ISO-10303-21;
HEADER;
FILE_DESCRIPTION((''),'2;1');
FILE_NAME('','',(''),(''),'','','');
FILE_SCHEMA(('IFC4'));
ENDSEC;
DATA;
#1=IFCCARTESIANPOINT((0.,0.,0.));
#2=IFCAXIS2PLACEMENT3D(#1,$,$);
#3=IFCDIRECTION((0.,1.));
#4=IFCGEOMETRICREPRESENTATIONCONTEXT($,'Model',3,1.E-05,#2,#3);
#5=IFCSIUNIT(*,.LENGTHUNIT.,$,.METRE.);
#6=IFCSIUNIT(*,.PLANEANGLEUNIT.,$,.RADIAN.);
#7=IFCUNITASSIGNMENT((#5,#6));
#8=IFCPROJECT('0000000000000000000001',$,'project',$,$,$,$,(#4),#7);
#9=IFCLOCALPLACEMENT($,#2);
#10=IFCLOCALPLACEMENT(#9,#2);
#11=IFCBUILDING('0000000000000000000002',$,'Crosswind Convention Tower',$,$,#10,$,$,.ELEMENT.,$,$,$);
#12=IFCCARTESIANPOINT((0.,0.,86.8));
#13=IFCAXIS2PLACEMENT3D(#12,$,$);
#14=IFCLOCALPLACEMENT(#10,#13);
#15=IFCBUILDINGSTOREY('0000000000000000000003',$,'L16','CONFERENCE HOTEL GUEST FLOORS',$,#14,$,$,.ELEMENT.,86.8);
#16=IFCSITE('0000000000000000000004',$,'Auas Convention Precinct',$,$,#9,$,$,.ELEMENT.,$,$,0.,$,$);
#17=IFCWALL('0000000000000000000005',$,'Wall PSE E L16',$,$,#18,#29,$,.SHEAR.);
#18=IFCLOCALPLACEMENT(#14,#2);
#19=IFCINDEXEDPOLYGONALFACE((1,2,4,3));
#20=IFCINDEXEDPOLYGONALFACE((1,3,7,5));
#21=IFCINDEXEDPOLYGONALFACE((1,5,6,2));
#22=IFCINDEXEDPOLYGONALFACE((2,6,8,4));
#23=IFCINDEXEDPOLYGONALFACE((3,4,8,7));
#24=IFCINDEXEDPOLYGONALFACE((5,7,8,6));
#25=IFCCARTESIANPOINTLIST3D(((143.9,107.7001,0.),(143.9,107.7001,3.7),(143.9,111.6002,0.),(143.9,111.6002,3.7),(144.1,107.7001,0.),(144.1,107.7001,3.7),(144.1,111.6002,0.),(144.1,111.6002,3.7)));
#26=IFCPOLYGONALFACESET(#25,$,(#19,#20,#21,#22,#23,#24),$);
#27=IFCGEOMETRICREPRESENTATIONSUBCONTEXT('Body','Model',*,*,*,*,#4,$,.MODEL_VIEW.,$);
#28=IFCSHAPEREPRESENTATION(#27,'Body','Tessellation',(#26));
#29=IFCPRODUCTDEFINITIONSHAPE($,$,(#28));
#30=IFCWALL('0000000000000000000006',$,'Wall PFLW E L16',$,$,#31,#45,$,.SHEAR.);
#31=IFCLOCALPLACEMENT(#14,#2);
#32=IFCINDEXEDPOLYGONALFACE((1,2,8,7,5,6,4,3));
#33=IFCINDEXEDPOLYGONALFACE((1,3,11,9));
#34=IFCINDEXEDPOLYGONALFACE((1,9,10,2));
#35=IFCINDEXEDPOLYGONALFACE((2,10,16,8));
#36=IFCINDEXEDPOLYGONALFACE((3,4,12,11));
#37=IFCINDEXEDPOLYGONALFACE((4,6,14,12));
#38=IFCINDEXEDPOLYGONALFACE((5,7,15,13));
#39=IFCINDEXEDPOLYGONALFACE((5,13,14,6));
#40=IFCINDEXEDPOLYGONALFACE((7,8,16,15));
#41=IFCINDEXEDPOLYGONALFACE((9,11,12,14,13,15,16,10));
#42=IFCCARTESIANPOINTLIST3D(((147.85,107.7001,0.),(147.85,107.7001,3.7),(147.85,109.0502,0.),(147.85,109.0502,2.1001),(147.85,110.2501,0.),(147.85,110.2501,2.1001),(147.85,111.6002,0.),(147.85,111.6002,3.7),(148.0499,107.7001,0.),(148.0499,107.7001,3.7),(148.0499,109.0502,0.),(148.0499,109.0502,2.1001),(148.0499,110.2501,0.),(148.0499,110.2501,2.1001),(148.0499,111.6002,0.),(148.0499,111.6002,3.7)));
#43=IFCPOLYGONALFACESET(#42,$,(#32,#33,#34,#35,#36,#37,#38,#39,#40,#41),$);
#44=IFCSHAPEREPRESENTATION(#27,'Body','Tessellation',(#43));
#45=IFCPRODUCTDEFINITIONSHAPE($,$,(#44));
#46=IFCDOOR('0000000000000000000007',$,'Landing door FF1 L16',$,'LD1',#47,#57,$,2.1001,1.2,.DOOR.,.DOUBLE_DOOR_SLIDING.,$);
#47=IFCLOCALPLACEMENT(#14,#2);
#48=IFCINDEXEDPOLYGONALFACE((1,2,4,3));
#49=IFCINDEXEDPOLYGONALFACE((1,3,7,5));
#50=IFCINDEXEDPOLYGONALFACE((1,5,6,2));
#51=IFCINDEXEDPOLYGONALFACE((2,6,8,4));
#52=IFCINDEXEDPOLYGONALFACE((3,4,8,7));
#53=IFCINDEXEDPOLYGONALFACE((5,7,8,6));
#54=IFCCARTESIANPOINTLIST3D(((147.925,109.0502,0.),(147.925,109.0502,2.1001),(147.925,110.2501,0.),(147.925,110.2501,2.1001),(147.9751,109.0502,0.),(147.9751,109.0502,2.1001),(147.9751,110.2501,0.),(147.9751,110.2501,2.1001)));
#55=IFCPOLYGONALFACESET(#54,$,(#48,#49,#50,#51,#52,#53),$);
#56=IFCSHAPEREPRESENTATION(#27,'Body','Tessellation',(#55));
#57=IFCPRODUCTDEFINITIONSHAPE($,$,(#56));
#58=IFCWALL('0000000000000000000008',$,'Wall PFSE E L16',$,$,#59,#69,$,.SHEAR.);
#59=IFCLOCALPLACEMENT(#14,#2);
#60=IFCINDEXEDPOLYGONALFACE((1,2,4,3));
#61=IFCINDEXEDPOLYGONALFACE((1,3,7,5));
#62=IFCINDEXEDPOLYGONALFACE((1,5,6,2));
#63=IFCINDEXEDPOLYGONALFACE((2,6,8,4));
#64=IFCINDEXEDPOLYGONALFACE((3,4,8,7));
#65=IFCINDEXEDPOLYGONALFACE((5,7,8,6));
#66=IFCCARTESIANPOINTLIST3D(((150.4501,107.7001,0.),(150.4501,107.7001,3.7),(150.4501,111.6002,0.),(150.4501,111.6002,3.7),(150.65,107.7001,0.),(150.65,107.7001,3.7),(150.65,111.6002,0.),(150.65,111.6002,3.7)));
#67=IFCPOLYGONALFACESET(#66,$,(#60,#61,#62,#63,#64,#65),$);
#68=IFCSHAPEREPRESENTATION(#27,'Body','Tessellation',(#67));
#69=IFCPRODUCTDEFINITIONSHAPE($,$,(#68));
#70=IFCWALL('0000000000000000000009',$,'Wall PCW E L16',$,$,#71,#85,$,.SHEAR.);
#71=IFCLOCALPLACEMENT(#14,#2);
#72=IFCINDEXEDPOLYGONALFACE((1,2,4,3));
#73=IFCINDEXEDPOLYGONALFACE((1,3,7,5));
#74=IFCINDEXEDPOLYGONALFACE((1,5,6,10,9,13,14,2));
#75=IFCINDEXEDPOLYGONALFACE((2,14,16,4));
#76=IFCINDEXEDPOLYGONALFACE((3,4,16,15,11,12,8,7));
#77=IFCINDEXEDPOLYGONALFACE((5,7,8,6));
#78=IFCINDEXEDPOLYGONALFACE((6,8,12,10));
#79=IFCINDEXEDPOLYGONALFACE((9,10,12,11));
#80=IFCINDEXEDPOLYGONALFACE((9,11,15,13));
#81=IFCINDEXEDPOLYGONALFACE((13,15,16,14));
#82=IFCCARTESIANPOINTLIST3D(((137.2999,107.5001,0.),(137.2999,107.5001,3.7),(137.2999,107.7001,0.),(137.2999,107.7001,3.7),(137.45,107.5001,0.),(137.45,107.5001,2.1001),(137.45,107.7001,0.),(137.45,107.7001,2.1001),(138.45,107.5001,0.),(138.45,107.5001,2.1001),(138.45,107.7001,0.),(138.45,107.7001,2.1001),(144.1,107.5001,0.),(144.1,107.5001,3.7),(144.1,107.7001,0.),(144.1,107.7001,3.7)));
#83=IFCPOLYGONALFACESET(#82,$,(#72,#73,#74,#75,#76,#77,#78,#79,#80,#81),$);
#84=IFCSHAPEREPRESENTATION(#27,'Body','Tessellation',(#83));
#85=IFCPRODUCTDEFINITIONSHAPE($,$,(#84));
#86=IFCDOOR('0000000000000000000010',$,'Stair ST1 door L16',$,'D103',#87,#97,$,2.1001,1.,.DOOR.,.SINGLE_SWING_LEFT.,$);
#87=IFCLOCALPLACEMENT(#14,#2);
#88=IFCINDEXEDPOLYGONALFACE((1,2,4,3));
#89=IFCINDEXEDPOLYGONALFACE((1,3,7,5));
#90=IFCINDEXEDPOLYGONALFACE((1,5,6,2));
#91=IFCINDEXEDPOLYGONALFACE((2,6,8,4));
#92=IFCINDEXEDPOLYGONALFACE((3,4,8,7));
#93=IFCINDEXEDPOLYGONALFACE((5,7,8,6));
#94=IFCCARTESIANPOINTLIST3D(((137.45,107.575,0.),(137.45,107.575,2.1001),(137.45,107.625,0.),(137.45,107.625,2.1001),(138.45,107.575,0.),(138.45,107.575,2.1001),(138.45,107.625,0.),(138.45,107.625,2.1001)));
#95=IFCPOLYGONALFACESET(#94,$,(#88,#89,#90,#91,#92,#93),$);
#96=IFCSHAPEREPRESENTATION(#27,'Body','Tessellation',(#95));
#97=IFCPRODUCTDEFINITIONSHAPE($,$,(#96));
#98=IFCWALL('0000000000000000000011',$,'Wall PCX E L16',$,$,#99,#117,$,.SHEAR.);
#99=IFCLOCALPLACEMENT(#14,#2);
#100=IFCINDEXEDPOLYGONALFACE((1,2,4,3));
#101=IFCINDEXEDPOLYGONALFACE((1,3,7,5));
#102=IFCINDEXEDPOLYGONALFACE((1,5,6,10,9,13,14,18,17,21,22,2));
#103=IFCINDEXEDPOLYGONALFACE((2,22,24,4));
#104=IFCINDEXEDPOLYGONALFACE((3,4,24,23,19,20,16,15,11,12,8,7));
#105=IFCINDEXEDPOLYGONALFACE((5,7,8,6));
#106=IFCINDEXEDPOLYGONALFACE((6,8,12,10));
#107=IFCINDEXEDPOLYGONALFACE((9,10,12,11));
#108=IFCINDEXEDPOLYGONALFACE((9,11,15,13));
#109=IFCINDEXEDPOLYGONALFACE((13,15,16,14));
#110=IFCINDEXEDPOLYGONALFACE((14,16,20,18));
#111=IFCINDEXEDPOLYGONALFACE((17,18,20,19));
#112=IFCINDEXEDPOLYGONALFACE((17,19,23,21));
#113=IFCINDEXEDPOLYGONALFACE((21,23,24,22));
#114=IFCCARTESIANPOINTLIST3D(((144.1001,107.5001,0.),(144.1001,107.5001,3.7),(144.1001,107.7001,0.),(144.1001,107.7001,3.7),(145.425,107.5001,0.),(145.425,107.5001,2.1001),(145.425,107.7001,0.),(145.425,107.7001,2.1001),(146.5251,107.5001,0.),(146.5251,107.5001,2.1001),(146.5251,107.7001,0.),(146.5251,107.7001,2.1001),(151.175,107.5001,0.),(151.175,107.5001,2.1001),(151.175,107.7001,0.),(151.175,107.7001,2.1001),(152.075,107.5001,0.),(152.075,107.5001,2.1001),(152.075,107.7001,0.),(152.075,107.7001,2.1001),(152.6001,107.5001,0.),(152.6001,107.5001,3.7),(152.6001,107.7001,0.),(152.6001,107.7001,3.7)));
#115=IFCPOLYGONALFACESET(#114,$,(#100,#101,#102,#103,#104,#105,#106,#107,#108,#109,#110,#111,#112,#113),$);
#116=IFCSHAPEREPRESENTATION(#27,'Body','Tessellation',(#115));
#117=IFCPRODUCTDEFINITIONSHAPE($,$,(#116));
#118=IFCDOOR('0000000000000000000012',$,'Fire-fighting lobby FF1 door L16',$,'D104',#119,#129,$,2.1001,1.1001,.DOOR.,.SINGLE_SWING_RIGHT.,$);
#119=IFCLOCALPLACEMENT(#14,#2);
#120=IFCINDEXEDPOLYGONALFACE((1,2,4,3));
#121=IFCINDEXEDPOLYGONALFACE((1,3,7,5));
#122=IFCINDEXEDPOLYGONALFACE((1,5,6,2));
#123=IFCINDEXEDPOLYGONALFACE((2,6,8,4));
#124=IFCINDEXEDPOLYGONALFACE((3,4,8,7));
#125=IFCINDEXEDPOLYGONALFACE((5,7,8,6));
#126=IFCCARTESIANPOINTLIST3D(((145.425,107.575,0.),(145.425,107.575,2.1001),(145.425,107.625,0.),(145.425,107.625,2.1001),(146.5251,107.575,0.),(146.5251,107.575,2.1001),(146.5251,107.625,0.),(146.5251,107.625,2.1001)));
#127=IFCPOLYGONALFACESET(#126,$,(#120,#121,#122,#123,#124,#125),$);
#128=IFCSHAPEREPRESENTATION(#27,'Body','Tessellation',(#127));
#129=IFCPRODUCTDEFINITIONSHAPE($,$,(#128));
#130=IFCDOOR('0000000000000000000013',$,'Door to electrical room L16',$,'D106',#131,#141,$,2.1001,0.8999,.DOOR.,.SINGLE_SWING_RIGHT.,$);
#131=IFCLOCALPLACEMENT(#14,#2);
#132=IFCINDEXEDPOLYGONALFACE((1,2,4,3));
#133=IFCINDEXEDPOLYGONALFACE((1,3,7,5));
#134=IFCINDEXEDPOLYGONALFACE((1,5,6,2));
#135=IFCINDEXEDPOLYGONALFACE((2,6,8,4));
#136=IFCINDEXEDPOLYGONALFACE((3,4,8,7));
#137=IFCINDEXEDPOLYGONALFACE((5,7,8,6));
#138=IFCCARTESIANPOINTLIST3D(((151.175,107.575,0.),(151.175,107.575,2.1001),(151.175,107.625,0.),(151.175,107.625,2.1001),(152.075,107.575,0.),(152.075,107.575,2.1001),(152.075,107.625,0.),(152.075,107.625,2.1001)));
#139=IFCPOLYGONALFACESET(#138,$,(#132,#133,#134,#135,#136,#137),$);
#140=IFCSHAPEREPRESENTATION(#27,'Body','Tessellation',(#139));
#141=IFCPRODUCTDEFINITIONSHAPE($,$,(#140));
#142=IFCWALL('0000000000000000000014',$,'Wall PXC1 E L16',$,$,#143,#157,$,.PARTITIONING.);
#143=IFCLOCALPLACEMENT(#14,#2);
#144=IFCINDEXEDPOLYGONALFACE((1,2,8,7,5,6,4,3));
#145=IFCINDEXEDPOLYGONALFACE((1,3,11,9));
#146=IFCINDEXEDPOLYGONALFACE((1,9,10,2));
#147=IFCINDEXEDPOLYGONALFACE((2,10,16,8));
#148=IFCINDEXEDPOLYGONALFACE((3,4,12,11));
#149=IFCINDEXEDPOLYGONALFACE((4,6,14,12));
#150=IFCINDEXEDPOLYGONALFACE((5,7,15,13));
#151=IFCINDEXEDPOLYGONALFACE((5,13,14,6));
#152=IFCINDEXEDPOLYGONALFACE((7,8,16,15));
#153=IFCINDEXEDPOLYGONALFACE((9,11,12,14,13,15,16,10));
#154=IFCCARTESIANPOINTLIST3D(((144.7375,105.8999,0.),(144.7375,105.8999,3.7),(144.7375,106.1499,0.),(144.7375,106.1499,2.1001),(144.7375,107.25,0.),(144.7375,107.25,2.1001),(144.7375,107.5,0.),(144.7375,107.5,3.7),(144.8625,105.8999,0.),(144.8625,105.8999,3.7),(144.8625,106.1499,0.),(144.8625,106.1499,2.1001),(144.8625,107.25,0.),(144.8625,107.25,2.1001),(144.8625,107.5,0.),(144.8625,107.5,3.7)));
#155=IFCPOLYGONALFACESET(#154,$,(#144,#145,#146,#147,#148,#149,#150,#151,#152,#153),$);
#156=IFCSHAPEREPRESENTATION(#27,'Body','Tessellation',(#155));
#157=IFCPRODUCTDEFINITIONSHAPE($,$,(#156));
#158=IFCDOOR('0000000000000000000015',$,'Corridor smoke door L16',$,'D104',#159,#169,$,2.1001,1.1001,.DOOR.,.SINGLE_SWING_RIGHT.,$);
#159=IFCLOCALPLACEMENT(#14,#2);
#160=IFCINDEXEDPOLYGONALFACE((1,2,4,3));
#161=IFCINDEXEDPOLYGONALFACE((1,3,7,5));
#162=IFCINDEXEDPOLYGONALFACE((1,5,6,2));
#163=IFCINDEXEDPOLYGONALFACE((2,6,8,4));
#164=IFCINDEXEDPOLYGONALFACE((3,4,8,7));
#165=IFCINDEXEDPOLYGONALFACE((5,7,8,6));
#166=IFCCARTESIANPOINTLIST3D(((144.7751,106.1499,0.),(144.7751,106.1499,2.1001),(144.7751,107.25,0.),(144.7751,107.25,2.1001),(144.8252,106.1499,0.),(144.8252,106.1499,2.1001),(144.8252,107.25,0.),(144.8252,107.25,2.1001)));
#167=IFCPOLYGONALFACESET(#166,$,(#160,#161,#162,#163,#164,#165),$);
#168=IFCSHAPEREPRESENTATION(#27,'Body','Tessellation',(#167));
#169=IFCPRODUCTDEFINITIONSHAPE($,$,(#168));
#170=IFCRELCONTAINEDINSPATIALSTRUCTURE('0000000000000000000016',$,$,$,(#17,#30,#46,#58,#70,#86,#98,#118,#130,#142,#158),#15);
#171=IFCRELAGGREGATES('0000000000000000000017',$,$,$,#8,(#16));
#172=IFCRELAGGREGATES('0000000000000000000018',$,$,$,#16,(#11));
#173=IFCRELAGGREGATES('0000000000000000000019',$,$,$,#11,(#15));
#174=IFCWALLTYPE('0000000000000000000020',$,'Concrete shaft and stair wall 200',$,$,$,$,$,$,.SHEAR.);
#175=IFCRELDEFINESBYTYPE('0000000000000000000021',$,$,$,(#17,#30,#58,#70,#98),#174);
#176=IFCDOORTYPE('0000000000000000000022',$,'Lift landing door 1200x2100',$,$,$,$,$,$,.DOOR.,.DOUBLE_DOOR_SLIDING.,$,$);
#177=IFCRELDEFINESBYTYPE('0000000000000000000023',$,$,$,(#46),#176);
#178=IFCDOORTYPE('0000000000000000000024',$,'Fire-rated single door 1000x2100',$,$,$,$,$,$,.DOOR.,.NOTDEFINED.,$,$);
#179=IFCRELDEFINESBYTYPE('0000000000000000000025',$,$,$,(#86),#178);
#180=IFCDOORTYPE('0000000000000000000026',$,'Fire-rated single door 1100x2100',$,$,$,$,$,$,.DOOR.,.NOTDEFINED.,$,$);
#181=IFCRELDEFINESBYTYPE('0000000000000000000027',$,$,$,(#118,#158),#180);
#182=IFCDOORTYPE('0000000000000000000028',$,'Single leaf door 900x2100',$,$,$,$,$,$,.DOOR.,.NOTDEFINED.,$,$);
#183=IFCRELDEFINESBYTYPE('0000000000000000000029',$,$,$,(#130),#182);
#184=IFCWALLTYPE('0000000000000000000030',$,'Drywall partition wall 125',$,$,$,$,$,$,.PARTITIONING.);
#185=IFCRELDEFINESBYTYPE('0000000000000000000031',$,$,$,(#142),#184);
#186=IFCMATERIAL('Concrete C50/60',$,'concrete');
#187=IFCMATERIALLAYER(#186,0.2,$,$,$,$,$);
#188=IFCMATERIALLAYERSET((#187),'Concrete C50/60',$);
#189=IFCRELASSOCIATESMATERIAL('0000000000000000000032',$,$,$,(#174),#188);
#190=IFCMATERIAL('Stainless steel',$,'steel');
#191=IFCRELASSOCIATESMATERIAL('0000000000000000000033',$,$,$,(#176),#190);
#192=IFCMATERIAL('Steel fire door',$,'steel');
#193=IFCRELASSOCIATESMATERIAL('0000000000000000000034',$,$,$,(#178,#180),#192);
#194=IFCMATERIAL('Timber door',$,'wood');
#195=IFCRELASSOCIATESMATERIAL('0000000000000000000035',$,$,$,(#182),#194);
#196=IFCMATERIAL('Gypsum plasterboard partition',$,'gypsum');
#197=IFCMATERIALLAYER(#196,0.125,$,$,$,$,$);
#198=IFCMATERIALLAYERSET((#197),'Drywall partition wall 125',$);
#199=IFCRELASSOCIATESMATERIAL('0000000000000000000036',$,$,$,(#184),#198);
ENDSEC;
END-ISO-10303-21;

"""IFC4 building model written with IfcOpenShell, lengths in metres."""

from ifc_helpers import new_model, si_unit, direction, frame, frame_2d, origin, place, context, subcontext, project, spatial, rectangle, extrude, material, layer, layer_set, type_object, element, fill, save


model = new_model("IFC4")

# Units and contexts
model_context = context("Model", 3, precision=1e-05, world=origin(), true_north=direction((0.0, 1.0)))
body_context = subcontext(model_context, "Body", "Model", "MODEL_VIEW")
ifc_project = project(units=[si_unit("LENGTHUNIT", "METRE"), si_unit("PLANEANGLEUNIT", "RADIAN")], contexts=[model_context])

# Site, building, storey
site_placement = place(None, origin())
site = spatial("IfcSite", under=ifc_project, at=site_placement, Name="Auas Convention Precinct", CompositionType="ELEMENT", RefElevation=0.0)
building_placement = place(site_placement, origin())
building = spatial("IfcBuilding", under=site, at=building_placement, Name="Crosswind Convention Tower", CompositionType="ELEMENT")
storey_placement = place(building_placement, frame((0.0, 0.0, 86.8)))
storey = spatial("IfcBuildingStorey", under=building, at=storey_placement, Name="L16", Description="CONFERENCE HOTEL GUEST FLOORS", CompositionType="ELEMENT", Elevation=86.8)

# Wall
ifc_material_1 = material(Name="Concrete C50/60", Category="concrete")
ifc_layer_1 = layer(ifc_material_1, 0.2)
ifc_layer_set_1 = layer_set([ifc_layer_1], Name="Concrete C50/60")
wall_type_1 = type_object("IfcWallType", Name="Concrete shaft and stair wall 200", PredefinedType="SHEAR", material=ifc_layer_set_1)
wall_1_placement = place(storey_placement, frame((144.0, 107.7, 0.0), z_axis=(0.0, 0.0, 1.0), x_axis=(0.0, 1.0, 0.0)))
element("IfcWall", 1, at=wall_1_placement, inside=storey, type_object=wall_type_1, Name="Wall PSE E L16", PredefinedType="SHEAR", context=body_context, shape_type="SweptSolid", body=[
    extrude(rectangle(XDim=3.9001, YDim=0.2, at=frame_2d((1.9502, 0.0))), origin(), (0.0, 0.0, 1.0), 3.7),
])

# Wall, opening, door
wall_2_placement = place(storey_placement, frame((147.95, 107.7, 0.0), z_axis=(0.0, 0.0, 1.0), x_axis=(0.0, 1.0, 0.0)))
wall_2 = element("IfcWall", 2, at=wall_2_placement, inside=storey, type_object=wall_type_1, Name="Wall PFLW E L16", PredefinedType="SHEAR", context=body_context, shape_type="SweptSolid", body=[
    extrude(rectangle(XDim=3.9001, YDim=0.2, at=frame_2d((1.9502, 0.0))), origin(), (0.0, 0.0, 1.0), 3.7),
])
opening_1_placement = place(wall_2_placement, frame((1.3501, 0.0, 0.0)))
opening_1 = element("IfcOpeningElement", 3, at=opening_1_placement, cuts=wall_2, PredefinedType="OPENING", context=body_context, shape_type="SweptSolid", body=[
    extrude(rectangle(XDim=1.2, YDim=2.1001, at=frame_2d((0.6001, 1.05))), frame((0.0, 0.1099, 0.0), z_axis=(0.0, -1.0, 0.0), x_axis=(1.0, 0.0, 0.0)), (0.0, 0.0, 1.0), 0.22),
])
ifc_material_2 = material(Name="Stainless steel", Category="steel")
door_type_1 = type_object("IfcDoorType", Name="Lift landing door 1200x2100", OperationType="DOUBLE_DOOR_SLIDING", PredefinedType="DOOR", material=ifc_material_2)
door_1_placement = place(opening_1_placement, origin())
door_1 = element("IfcDoor", 4, at=door_1_placement, inside=storey, type_object=door_type_1, Name="Landing door FF1 L16", ObjectType="LD1", OperationType="DOUBLE_DOOR_SLIDING", OverallHeight=2.1001, OverallWidth=1.2, PredefinedType="DOOR", context=body_context, shape_type="SweptSolid", body=[
    extrude(rectangle(XDim=1.2, YDim=2.1001, at=frame_2d((0.6001, 1.05))), frame((0.0, 0.0249, 0.0), z_axis=(0.0, -1.0, 0.0), x_axis=(1.0, 0.0, 0.0)), (0.0, 0.0, 1.0), 0.05),
])
fill(opening_1, door_1)

# Wall
wall_3_placement = place(storey_placement, frame((150.55, 107.7, 0.0), z_axis=(0.0, 0.0, 1.0), x_axis=(0.0, 1.0, 0.0)))
element("IfcWall", 5, at=wall_3_placement, inside=storey, type_object=wall_type_1, Name="Wall PFSE E L16", PredefinedType="SHEAR", context=body_context, shape_type="SweptSolid", body=[
    extrude(rectangle(XDim=3.9001, YDim=0.2, at=frame_2d((1.9502, 0.0))), origin(), (0.0, 0.0, 1.0), 3.7),
])

# Wall, opening, door
wall_4_placement = place(storey_placement, frame((137.3, 107.6001, 0.0), z_axis=(0.0, 0.0, 1.0), x_axis=(1.0, 0.0, 0.0)))
wall_4 = element("IfcWall", 6, at=wall_4_placement, inside=storey, type_object=wall_type_1, Name="Wall PCW E L16", PredefinedType="SHEAR", context=body_context, shape_type="SweptSolid", body=[
    extrude(rectangle(XDim=6.8, YDim=0.2, at=frame_2d((3.3999, 0.0))), origin(), (0.0, 0.0, 1.0), 3.7),
])
opening_2_placement = place(wall_4_placement, frame((0.1499, 0.0, 0.0)))
opening_2 = element("IfcOpeningElement", 7, at=opening_2_placement, cuts=wall_4, PredefinedType="OPENING", context=body_context, shape_type="SweptSolid", body=[
    extrude(rectangle(XDim=1.0, YDim=2.1001, at=frame_2d((0.5, 1.05))), frame((0.0, 0.1099, 0.0), z_axis=(0.0, -1.0, 0.0), x_axis=(1.0, 0.0, 0.0)), (0.0, 0.0, 1.0), 0.22),
])
ifc_material_3 = material(Name="Steel fire door", Category="steel")
door_type_2 = type_object("IfcDoorType", Name="Fire-rated single door 1000x2100", OperationType="NOTDEFINED", PredefinedType="DOOR", material=ifc_material_3)
door_2_placement = place(opening_2_placement, origin())
door_2 = element("IfcDoor", 8, at=door_2_placement, inside=storey, type_object=door_type_2, Name="Stair ST1 door L16", ObjectType="D103", OperationType="SINGLE_SWING_LEFT", OverallHeight=2.1001, OverallWidth=1.0, PredefinedType="DOOR", context=body_context, shape_type="SweptSolid", body=[
    extrude(rectangle(XDim=1.0, YDim=2.1001, at=frame_2d((0.5, 1.05))), frame((0.0, 0.0249, 0.0), z_axis=(0.0, -1.0, 0.0), x_axis=(1.0, 0.0, 0.0)), (0.0, 0.0, 1.0), 0.05),
])
fill(opening_2, door_2)

# Wall, openings, doors
wall_5_placement = place(storey_placement, frame((144.1001, 107.6001, 0.0), z_axis=(0.0, 0.0, 1.0), x_axis=(1.0, 0.0, 0.0)))
wall_5 = element("IfcWall", 9, at=wall_5_placement, inside=storey, type_object=wall_type_1, Name="Wall PCX E L16", PredefinedType="SHEAR", context=body_context, shape_type="SweptSolid", body=[
    extrude(rectangle(XDim=8.5, YDim=0.2, at=frame_2d((4.25, 0.0))), origin(), (0.0, 0.0, 1.0), 3.7),
])
opening_3_placement = place(wall_5_placement, frame((1.325, 0.0, 0.0)))
opening_3 = element("IfcOpeningElement", 10, at=opening_3_placement, cuts=wall_5, PredefinedType="OPENING", context=body_context, shape_type="SweptSolid", body=[
    extrude(rectangle(XDim=1.1001, YDim=2.1001, at=frame_2d((0.55, 1.05))), frame((0.0, 0.1099, 0.0), z_axis=(0.0, -1.0, 0.0), x_axis=(1.0, 0.0, 0.0)), (0.0, 0.0, 1.0), 0.22),
])
opening_4_placement = place(wall_5_placement, frame((7.075, 0.0, 0.0)))
opening_4 = element("IfcOpeningElement", 11, at=opening_4_placement, cuts=wall_5, PredefinedType="OPENING", context=body_context, shape_type="SweptSolid", body=[
    extrude(rectangle(XDim=0.8999, YDim=2.1001, at=frame_2d((0.45, 1.05))), frame((0.0, 0.1099, 0.0), z_axis=(0.0, -1.0, 0.0), x_axis=(1.0, 0.0, 0.0)), (0.0, 0.0, 1.0), 0.22),
])
door_type_3 = type_object("IfcDoorType", Name="Fire-rated single door 1100x2100", OperationType="NOTDEFINED", PredefinedType="DOOR", material=ifc_material_3)
door_3_placement = place(opening_3_placement, origin())
door_3 = element("IfcDoor", 12, at=door_3_placement, inside=storey, type_object=door_type_3, Name="Fire-fighting lobby FF1 door L16", ObjectType="D104", OperationType="SINGLE_SWING_RIGHT", OverallHeight=2.1001, OverallWidth=1.1001, PredefinedType="DOOR", context=body_context, shape_type="SweptSolid", body=[
    extrude(rectangle(XDim=1.1001, YDim=2.1001, at=frame_2d((0.55, 1.05))), frame((0.0, 0.0249, 0.0), z_axis=(0.0, -1.0, 0.0), x_axis=(1.0, 0.0, 0.0)), (0.0, 0.0, 1.0), 0.05),
])
fill(opening_3, door_3)
ifc_material_4 = material(Name="Timber door", Category="wood")
door_type_4 = type_object("IfcDoorType", Name="Single leaf door 900x2100", OperationType="NOTDEFINED", PredefinedType="DOOR", material=ifc_material_4)
door_4_placement = place(opening_4_placement, origin())
door_4 = element("IfcDoor", 13, at=door_4_placement, inside=storey, type_object=door_type_4, Name="Door to electrical room L16", ObjectType="D106", OperationType="SINGLE_SWING_RIGHT", OverallHeight=2.1001, OverallWidth=0.8999, PredefinedType="DOOR", context=body_context, shape_type="SweptSolid", body=[
    extrude(rectangle(XDim=0.8999, YDim=2.1001, at=frame_2d((0.45, 1.05))), frame((0.0, 0.0249, 0.0), z_axis=(0.0, -1.0, 0.0), x_axis=(1.0, 0.0, 0.0)), (0.0, 0.0, 1.0), 0.05),
])
fill(opening_4, door_4)

# Wall, opening, door
ifc_material_5 = material(Name="Gypsum plasterboard partition", Category="gypsum")
ifc_layer_2 = layer(ifc_material_5, 0.125)
ifc_layer_set_2 = layer_set([ifc_layer_2], Name="Drywall partition wall 125")
wall_type_2 = type_object("IfcWallType", Name="Drywall partition wall 125", PredefinedType="PARTITIONING", material=ifc_layer_set_2)
wall_6_placement = place(storey_placement, frame((144.8, 105.8999, 0.0), z_axis=(0.0, 0.0, 1.0), x_axis=(0.0, 1.0, 0.0)))
wall_6 = element("IfcWall", 14, at=wall_6_placement, inside=storey, type_object=wall_type_2, Name="Wall PXC1 E L16", PredefinedType="PARTITIONING", context=body_context, shape_type="SweptSolid", body=[
    extrude(rectangle(XDim=1.6001, YDim=0.125, at=frame_2d((0.8, 0.0))), origin(), (0.0, 0.0, 1.0), 3.7),
])
opening_5_placement = place(wall_6_placement, frame((0.25, 0.0, 0.0)))
opening_5 = element("IfcOpeningElement", 15, at=opening_5_placement, cuts=wall_6, PredefinedType="OPENING", context=body_context, shape_type="SweptSolid", body=[
    extrude(rectangle(XDim=1.1001, YDim=2.1001, at=frame_2d((0.55, 1.05))), frame((0.0, 0.0725, 0.0), z_axis=(0.0, -1.0, 0.0), x_axis=(1.0, 0.0, 0.0)), (0.0, 0.0, 1.0), 0.145),
])
door_5_placement = place(opening_5_placement, origin())
door_5 = element("IfcDoor", 16, at=door_5_placement, inside=storey, type_object=door_type_3, Name="Corridor smoke door L16", ObjectType="D104", OperationType="SINGLE_SWING_RIGHT", OverallHeight=2.1001, OverallWidth=1.1001, PredefinedType="DOOR", context=body_context, shape_type="SweptSolid", body=[
    extrude(rectangle(XDim=1.1001, YDim=2.1001, at=frame_2d((0.55, 1.05))), frame((0.0, 0.0249, 0.0), z_axis=(0.0, -1.0, 0.0), x_axis=(1.0, 0.0, 0.0)), (0.0, 0.0, 1.0), 0.05),
])
fill(opening_5, door_5)

save(model, "model.ifc")
